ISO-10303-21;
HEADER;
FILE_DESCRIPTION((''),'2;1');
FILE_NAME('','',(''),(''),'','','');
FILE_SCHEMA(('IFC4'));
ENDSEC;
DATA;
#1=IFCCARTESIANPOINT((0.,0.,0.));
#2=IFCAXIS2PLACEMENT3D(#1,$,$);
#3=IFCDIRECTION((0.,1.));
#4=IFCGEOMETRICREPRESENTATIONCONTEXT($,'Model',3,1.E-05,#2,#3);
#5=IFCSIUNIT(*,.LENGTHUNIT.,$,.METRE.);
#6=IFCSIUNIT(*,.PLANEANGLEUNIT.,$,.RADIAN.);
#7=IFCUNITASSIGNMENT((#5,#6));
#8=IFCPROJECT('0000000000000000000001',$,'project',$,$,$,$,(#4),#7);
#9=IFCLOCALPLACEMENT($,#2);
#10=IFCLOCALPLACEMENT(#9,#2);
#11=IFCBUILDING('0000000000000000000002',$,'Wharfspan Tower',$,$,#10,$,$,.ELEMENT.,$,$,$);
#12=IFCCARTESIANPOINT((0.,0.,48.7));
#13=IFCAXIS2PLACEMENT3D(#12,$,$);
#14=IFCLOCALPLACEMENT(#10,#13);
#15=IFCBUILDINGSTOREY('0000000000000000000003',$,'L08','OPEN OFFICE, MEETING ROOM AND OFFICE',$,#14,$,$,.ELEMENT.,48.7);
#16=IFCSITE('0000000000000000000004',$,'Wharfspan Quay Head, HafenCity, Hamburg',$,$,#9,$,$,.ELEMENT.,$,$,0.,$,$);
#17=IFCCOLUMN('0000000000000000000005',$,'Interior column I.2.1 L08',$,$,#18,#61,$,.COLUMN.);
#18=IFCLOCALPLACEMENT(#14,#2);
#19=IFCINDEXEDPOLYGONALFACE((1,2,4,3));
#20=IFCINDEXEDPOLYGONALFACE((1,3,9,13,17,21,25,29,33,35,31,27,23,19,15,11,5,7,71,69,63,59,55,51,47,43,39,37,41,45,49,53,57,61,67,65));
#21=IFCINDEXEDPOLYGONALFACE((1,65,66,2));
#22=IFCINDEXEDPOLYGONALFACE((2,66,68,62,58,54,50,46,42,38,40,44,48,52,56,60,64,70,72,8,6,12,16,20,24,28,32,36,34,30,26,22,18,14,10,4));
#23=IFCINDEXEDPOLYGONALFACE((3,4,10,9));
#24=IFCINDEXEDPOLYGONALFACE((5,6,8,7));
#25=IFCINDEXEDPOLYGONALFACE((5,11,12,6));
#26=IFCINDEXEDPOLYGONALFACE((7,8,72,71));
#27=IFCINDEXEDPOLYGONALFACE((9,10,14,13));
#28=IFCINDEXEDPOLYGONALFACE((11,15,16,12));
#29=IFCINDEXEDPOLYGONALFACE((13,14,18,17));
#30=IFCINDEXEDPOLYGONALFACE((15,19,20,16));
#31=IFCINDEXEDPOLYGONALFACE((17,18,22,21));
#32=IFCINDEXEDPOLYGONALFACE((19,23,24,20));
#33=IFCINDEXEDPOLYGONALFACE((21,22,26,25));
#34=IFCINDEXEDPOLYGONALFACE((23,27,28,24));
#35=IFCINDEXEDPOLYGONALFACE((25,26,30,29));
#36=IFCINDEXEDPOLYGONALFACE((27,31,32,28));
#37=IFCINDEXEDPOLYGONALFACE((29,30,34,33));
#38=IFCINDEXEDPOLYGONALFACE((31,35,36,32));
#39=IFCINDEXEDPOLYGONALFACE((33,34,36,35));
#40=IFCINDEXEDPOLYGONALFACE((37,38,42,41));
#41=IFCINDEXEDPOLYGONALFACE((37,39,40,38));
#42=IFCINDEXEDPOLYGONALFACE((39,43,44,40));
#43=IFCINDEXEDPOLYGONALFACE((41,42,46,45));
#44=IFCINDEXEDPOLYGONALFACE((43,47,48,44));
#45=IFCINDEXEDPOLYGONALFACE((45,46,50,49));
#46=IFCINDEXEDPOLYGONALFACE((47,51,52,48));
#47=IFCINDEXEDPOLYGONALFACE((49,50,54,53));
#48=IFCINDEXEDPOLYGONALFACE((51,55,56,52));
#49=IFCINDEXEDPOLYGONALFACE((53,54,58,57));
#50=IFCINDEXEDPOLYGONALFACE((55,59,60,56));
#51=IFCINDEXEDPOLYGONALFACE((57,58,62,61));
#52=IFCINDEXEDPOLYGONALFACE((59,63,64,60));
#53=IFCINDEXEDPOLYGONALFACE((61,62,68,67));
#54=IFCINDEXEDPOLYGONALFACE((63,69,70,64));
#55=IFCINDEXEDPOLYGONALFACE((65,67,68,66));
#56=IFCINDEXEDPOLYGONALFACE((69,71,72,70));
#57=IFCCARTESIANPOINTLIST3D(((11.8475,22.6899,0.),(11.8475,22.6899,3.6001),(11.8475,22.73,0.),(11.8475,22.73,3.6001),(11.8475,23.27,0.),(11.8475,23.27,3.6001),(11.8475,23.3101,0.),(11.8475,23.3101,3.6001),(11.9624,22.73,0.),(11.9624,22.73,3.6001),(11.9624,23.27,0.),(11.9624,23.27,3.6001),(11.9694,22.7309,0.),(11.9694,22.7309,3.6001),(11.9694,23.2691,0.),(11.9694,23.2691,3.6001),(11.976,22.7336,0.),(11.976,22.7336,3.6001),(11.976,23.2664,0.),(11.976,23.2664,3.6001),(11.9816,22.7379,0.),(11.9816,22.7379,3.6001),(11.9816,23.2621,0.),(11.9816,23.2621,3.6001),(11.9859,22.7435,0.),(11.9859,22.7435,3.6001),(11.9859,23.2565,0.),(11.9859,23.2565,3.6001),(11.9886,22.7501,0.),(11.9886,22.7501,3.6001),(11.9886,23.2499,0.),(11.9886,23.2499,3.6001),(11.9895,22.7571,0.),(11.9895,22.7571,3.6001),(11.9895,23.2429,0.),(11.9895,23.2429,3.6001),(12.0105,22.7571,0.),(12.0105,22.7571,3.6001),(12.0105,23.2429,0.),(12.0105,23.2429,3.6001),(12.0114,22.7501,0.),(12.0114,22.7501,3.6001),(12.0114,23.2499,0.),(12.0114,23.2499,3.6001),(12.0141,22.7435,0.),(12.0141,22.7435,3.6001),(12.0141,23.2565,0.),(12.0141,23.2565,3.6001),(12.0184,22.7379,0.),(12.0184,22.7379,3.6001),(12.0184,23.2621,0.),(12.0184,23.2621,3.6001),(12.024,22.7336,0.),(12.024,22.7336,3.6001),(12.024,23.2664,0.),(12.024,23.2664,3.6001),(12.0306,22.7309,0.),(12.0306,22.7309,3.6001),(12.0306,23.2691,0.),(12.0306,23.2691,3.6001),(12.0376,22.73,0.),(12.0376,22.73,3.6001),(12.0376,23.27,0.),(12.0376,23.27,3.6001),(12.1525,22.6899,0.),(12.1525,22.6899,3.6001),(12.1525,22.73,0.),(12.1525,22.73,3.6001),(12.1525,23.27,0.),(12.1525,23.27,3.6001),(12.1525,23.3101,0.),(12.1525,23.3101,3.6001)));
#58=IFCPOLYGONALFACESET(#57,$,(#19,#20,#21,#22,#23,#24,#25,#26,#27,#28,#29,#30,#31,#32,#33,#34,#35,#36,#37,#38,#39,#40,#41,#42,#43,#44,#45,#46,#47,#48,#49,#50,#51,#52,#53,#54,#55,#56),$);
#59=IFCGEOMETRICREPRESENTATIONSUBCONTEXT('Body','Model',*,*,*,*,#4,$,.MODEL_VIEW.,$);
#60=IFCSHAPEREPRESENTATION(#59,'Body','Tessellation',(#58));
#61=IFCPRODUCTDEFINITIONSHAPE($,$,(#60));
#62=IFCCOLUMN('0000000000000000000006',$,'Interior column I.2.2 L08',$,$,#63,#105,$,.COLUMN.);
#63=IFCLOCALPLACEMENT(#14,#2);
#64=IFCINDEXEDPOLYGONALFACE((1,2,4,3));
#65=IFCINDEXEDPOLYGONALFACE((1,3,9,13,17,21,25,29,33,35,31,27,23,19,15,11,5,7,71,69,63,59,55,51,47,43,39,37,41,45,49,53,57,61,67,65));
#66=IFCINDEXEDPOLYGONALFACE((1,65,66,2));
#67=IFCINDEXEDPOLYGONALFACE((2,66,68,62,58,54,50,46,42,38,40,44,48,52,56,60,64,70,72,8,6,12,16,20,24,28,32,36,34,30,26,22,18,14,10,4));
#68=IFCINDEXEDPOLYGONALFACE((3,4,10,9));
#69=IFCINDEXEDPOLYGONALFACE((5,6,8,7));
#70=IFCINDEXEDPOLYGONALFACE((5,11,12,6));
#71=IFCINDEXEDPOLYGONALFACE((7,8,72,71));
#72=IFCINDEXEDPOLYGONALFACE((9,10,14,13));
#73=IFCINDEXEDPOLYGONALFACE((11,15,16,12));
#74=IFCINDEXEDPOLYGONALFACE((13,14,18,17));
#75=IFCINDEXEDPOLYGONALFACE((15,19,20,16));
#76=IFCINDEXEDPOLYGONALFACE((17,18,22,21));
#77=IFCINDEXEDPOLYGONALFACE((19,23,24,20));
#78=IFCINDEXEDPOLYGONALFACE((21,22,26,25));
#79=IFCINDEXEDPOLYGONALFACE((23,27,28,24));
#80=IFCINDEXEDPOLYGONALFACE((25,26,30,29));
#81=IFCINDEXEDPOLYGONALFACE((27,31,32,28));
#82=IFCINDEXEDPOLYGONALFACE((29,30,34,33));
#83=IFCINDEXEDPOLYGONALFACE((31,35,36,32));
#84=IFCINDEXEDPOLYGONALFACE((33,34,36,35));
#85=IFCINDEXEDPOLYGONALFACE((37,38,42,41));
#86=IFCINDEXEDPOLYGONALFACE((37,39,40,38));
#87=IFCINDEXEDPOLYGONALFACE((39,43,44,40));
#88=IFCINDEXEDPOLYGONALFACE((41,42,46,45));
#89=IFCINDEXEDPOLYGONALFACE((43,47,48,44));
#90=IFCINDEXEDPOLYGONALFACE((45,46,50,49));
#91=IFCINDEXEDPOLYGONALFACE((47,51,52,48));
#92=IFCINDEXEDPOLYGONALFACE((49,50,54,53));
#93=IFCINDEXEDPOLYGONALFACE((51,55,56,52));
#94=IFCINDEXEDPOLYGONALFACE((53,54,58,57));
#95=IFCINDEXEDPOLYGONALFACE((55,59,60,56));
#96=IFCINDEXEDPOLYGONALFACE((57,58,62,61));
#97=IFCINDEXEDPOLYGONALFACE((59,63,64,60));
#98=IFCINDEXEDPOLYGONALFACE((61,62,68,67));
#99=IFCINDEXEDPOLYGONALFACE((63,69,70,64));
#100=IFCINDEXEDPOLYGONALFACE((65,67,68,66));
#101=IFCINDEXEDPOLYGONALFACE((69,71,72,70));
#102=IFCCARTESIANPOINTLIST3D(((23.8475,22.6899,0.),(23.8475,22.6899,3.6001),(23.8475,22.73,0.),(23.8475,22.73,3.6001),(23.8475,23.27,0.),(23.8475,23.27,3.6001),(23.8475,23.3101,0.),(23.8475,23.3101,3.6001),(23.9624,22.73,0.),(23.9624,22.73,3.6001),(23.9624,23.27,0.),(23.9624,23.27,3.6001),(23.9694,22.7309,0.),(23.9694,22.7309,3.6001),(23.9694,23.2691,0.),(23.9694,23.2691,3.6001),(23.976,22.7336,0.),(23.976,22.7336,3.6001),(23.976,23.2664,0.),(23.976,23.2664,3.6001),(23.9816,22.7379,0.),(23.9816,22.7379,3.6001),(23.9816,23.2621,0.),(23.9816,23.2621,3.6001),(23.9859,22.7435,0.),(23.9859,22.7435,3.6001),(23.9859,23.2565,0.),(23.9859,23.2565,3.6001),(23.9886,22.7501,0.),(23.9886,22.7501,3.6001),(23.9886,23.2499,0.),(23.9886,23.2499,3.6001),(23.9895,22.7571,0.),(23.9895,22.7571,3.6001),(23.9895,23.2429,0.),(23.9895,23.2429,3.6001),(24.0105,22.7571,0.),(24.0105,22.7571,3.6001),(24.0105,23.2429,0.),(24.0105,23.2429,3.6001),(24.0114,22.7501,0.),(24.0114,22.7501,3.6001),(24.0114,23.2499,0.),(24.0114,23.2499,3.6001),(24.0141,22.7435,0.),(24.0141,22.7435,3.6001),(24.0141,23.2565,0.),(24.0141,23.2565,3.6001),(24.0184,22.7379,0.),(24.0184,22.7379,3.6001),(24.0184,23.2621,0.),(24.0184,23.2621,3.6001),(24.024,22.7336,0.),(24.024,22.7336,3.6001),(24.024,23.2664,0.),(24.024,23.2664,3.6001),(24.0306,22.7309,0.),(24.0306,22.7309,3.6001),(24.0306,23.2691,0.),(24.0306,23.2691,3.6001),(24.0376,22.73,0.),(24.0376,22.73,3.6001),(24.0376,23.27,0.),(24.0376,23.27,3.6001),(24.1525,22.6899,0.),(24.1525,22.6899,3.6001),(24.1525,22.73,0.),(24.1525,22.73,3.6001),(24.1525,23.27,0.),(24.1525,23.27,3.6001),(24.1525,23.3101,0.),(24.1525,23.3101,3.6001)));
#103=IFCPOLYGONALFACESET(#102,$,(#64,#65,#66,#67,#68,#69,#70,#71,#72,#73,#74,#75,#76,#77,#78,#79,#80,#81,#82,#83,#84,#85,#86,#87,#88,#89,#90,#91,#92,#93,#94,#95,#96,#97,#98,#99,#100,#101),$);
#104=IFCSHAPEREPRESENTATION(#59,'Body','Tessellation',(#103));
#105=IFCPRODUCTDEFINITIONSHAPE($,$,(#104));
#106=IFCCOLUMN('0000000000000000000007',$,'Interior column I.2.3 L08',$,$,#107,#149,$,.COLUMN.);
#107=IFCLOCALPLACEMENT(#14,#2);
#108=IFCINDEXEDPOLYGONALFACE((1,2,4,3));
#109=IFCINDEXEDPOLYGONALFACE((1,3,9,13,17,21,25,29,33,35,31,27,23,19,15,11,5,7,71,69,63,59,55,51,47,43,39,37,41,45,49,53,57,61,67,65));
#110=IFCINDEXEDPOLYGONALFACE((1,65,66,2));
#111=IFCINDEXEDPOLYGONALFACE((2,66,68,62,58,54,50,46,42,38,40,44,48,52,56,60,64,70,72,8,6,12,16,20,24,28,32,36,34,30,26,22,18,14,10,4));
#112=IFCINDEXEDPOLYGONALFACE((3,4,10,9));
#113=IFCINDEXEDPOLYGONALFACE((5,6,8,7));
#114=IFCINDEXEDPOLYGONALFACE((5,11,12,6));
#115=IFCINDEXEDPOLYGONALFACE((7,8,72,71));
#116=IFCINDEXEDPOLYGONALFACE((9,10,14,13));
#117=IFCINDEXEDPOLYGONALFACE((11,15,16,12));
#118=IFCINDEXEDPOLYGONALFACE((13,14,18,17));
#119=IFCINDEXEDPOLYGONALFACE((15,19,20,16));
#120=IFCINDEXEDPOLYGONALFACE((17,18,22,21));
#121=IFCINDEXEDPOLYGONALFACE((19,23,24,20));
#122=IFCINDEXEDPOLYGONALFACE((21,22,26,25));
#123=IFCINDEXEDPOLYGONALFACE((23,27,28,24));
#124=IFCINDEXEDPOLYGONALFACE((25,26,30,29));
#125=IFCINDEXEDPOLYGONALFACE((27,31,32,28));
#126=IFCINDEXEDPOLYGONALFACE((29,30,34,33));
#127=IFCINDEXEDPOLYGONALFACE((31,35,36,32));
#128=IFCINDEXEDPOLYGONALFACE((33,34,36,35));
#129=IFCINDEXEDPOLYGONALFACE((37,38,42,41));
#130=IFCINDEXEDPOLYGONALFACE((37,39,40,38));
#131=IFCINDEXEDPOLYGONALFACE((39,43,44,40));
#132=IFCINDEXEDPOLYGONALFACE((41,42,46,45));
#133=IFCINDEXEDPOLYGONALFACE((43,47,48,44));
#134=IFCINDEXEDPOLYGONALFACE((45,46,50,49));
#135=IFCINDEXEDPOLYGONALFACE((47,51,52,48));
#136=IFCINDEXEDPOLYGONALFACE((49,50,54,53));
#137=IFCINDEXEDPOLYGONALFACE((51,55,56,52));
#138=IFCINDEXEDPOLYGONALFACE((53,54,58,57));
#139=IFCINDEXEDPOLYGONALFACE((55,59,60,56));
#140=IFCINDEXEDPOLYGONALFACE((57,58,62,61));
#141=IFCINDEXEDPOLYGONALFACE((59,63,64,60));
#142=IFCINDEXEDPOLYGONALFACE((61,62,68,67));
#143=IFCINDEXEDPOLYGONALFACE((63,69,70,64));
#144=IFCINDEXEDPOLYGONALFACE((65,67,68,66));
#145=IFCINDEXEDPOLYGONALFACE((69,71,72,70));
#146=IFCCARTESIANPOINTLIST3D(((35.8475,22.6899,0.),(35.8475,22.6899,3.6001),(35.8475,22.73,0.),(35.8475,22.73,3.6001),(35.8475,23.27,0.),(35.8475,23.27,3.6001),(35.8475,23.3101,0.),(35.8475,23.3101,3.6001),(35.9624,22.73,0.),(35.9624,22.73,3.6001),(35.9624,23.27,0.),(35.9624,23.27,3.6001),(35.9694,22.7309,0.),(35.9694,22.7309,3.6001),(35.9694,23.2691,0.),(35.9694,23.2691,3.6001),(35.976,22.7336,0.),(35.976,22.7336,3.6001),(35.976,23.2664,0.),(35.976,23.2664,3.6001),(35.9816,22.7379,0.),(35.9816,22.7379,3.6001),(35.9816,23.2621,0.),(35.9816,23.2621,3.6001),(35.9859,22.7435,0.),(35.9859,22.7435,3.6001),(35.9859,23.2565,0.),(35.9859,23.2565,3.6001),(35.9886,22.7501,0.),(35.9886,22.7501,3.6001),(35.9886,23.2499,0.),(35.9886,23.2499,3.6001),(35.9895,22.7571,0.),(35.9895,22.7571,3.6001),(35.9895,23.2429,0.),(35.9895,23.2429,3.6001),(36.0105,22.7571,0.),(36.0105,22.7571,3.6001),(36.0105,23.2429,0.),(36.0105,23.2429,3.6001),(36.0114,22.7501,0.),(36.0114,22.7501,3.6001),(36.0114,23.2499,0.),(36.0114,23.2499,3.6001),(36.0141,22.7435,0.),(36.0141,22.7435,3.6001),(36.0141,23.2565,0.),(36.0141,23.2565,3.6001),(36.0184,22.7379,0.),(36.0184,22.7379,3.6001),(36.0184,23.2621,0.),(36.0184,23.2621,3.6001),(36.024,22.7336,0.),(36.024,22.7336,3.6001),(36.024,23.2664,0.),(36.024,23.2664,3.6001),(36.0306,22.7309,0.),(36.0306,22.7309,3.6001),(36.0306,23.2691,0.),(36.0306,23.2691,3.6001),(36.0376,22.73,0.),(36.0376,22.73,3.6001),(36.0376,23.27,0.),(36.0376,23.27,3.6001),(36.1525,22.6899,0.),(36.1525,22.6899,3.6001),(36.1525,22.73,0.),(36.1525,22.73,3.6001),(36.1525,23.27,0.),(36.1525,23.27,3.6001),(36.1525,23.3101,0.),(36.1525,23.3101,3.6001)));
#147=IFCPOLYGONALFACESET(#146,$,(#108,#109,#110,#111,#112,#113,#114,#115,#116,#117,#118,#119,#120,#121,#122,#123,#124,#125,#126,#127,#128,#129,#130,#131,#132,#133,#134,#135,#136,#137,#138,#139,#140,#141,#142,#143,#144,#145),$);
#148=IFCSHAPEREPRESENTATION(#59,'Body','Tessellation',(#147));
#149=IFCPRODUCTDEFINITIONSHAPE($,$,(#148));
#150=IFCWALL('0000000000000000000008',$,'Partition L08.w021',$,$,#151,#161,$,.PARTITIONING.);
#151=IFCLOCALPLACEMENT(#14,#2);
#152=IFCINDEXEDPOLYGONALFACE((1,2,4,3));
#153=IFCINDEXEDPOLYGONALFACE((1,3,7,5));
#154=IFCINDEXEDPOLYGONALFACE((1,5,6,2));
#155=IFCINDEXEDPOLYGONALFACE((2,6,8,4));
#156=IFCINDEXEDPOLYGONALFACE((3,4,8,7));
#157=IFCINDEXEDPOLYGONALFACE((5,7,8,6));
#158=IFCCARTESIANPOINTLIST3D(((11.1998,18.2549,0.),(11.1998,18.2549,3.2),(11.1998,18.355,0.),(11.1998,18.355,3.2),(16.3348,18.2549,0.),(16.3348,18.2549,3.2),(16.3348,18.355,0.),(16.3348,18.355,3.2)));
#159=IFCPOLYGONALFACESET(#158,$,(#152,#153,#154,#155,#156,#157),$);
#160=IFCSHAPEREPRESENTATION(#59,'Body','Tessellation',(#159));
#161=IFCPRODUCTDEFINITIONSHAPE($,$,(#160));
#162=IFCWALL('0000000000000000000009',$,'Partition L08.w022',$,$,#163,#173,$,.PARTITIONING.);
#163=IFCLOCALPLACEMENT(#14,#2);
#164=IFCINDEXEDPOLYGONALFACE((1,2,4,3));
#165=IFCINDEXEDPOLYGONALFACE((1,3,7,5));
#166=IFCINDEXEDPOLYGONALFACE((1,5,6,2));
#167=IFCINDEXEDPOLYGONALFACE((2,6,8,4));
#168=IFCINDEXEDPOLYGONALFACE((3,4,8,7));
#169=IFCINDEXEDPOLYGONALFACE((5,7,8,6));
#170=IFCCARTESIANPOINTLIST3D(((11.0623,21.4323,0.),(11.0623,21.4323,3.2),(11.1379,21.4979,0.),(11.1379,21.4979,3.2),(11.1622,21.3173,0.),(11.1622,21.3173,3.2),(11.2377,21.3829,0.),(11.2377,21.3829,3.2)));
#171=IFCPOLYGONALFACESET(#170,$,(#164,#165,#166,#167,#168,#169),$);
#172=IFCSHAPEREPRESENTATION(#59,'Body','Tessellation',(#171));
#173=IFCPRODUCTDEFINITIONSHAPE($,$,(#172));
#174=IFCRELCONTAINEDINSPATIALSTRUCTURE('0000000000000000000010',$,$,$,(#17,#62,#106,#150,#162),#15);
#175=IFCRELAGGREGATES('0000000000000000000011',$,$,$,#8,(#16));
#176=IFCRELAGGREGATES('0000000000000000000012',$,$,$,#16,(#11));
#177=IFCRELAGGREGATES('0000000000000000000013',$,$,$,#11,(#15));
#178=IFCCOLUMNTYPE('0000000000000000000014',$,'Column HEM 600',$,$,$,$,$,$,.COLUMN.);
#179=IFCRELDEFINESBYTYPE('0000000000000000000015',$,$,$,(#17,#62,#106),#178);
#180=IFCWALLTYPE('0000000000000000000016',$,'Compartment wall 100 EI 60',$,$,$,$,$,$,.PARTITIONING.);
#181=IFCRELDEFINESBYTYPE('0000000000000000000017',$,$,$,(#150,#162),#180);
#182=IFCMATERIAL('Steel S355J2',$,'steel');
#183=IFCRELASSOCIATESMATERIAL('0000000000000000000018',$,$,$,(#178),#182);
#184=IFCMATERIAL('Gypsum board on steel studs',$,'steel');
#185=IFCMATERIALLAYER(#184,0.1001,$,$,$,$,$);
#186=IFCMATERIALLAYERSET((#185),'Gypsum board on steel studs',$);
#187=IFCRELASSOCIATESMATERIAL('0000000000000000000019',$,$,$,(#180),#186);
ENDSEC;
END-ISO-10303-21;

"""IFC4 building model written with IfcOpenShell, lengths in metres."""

from ifc_helpers import new_model, si_unit, direction, frame, frame_2d, origin, origin_2d, place, context, subcontext, project, spatial, rectangle, i_section, extrude, material, layer, layer_set, material_profile, profile_set, type_object, element, save


model = new_model("IFC4")

# Units and contexts
model_context = context("Model", 3, precision=1e-05, world=origin(), true_north=direction((0.0, 1.0)))
body_context = subcontext(model_context, "Body", "Model", "MODEL_VIEW")
ifc_project = project(units=[si_unit("LENGTHUNIT", "METRE"), si_unit("PLANEANGLEUNIT", "RADIAN")], contexts=[model_context])

# Site, building, storey
site_placement = place(None, origin())
site = spatial("IfcSite", under=ifc_project, at=site_placement, Name="Wharfspan Quay Head, HafenCity, Hamburg", CompositionType="ELEMENT", RefElevation=0.0)
building_placement = place(site_placement, origin())
building = spatial("IfcBuilding", under=site, at=building_placement, Name="Wharfspan Tower", CompositionType="ELEMENT")
storey_placement = place(building_placement, frame((0.0, 0.0, 48.7)))
storey = spatial("IfcBuildingStorey", under=building, at=storey_placement, Name="L08", Description="OPEN OFFICE, MEETING ROOM AND OFFICE", CompositionType="ELEMENT", Elevation=48.7)

# Columns
ifc_material_1 = material(Name="Steel S355J2", Category="steel")
ifc_material_profile = material_profile(ifc_material_1, i_section(OverallWidth=0.3049, OverallDepth=0.6201, WebThickness=0.021, FlangeThickness=0.04, FilletRadius=0.0271, at=origin_2d()))
ifc_profile_set = profile_set([ifc_material_profile], Name="Steel S355J2")
column_type = type_object("IfcColumnType", Name="Column HEM 600", PredefinedType="COLUMN", material=ifc_profile_set)
for number, where, z_axis, x_axis, name in (
    (1, (12.0, 23.0, 0.0), (0.0, 0.0, 1.0), (1.0, 0.0, 0.0), "Interior column I.2.1 L08"),
    (2, (24.0, 23.0, 0.0), (0.0, 0.0, 1.0), (1.0, 0.0, 0.0), "Interior column I.2.2 L08"),
    (3, (36.0, 23.0, 0.0), (0.0, 0.0, 1.0), (1.0, 0.0, 0.0), "Interior column I.2.3 L08"),
):
    element("IfcColumn", number, at=place(storey_placement, frame(where, z_axis=z_axis, x_axis=x_axis)), inside=storey, type_object=column_type, Name=name, PredefinedType="COLUMN", context=body_context, shape_type="SweptSolid", body=[
        extrude(i_section(OverallWidth=0.3049, OverallDepth=0.6201, WebThickness=0.021, FlangeThickness=0.04, FilletRadius=0.0271, at=origin_2d()), origin(), (0.0, 0.0, 1.0), 3.6001),
    ])

# Walls
ifc_material_2 = material(Name="Gypsum board on steel studs", Category="steel")
ifc_layer_1 = layer(ifc_material_2, 0.1001)
ifc_layer_set_1 = layer_set([ifc_layer_1], Name="Gypsum board on steel studs")
wall_type_1 = type_object("IfcWallType", Name="Compartment wall 100 EI 60", PredefinedType="PARTITIONING", material=ifc_layer_set_1)
wall_1_placement = place(storey_placement, frame((11.2, 18.3049, 0.0), z_axis=(0.0, 0.0, 1.0), x_axis=(1.0, 0.0, 0.0)))
element("IfcWall", 4, at=wall_1_placement, inside=storey, type_object=wall_type_1, Name="Partition L08.w021", PredefinedType="PARTITIONING", context=body_context, shape_type="SweptSolid", body=[
    extrude(rectangle(XDim=5.135, YDim=0.1001, at=frame_2d((2.5674, 0.0))), origin(), (0.0, 0.0, 1.0), 3.2),
])
wall_2_placement = place(storey_placement, frame((11.2, 21.3501, 0.0), z_axis=(0.0, 0.0, 1.0), x_axis=(-0.65566, 0.755051, 0.0)))
element("IfcWall", 5, at=wall_2_placement, inside=storey, type_object=wall_type_1, Name="Partition L08.w022", PredefinedType="PARTITIONING", context=body_context, shape_type="SweptSolid", body=[
    extrude(rectangle(XDim=0.1523, YDim=0.1001, at=frame_2d((0.0762, 0.0))), origin(), (0.0, 0.0, 1.0), 3.2),
])

save(model, "model.ifc")
